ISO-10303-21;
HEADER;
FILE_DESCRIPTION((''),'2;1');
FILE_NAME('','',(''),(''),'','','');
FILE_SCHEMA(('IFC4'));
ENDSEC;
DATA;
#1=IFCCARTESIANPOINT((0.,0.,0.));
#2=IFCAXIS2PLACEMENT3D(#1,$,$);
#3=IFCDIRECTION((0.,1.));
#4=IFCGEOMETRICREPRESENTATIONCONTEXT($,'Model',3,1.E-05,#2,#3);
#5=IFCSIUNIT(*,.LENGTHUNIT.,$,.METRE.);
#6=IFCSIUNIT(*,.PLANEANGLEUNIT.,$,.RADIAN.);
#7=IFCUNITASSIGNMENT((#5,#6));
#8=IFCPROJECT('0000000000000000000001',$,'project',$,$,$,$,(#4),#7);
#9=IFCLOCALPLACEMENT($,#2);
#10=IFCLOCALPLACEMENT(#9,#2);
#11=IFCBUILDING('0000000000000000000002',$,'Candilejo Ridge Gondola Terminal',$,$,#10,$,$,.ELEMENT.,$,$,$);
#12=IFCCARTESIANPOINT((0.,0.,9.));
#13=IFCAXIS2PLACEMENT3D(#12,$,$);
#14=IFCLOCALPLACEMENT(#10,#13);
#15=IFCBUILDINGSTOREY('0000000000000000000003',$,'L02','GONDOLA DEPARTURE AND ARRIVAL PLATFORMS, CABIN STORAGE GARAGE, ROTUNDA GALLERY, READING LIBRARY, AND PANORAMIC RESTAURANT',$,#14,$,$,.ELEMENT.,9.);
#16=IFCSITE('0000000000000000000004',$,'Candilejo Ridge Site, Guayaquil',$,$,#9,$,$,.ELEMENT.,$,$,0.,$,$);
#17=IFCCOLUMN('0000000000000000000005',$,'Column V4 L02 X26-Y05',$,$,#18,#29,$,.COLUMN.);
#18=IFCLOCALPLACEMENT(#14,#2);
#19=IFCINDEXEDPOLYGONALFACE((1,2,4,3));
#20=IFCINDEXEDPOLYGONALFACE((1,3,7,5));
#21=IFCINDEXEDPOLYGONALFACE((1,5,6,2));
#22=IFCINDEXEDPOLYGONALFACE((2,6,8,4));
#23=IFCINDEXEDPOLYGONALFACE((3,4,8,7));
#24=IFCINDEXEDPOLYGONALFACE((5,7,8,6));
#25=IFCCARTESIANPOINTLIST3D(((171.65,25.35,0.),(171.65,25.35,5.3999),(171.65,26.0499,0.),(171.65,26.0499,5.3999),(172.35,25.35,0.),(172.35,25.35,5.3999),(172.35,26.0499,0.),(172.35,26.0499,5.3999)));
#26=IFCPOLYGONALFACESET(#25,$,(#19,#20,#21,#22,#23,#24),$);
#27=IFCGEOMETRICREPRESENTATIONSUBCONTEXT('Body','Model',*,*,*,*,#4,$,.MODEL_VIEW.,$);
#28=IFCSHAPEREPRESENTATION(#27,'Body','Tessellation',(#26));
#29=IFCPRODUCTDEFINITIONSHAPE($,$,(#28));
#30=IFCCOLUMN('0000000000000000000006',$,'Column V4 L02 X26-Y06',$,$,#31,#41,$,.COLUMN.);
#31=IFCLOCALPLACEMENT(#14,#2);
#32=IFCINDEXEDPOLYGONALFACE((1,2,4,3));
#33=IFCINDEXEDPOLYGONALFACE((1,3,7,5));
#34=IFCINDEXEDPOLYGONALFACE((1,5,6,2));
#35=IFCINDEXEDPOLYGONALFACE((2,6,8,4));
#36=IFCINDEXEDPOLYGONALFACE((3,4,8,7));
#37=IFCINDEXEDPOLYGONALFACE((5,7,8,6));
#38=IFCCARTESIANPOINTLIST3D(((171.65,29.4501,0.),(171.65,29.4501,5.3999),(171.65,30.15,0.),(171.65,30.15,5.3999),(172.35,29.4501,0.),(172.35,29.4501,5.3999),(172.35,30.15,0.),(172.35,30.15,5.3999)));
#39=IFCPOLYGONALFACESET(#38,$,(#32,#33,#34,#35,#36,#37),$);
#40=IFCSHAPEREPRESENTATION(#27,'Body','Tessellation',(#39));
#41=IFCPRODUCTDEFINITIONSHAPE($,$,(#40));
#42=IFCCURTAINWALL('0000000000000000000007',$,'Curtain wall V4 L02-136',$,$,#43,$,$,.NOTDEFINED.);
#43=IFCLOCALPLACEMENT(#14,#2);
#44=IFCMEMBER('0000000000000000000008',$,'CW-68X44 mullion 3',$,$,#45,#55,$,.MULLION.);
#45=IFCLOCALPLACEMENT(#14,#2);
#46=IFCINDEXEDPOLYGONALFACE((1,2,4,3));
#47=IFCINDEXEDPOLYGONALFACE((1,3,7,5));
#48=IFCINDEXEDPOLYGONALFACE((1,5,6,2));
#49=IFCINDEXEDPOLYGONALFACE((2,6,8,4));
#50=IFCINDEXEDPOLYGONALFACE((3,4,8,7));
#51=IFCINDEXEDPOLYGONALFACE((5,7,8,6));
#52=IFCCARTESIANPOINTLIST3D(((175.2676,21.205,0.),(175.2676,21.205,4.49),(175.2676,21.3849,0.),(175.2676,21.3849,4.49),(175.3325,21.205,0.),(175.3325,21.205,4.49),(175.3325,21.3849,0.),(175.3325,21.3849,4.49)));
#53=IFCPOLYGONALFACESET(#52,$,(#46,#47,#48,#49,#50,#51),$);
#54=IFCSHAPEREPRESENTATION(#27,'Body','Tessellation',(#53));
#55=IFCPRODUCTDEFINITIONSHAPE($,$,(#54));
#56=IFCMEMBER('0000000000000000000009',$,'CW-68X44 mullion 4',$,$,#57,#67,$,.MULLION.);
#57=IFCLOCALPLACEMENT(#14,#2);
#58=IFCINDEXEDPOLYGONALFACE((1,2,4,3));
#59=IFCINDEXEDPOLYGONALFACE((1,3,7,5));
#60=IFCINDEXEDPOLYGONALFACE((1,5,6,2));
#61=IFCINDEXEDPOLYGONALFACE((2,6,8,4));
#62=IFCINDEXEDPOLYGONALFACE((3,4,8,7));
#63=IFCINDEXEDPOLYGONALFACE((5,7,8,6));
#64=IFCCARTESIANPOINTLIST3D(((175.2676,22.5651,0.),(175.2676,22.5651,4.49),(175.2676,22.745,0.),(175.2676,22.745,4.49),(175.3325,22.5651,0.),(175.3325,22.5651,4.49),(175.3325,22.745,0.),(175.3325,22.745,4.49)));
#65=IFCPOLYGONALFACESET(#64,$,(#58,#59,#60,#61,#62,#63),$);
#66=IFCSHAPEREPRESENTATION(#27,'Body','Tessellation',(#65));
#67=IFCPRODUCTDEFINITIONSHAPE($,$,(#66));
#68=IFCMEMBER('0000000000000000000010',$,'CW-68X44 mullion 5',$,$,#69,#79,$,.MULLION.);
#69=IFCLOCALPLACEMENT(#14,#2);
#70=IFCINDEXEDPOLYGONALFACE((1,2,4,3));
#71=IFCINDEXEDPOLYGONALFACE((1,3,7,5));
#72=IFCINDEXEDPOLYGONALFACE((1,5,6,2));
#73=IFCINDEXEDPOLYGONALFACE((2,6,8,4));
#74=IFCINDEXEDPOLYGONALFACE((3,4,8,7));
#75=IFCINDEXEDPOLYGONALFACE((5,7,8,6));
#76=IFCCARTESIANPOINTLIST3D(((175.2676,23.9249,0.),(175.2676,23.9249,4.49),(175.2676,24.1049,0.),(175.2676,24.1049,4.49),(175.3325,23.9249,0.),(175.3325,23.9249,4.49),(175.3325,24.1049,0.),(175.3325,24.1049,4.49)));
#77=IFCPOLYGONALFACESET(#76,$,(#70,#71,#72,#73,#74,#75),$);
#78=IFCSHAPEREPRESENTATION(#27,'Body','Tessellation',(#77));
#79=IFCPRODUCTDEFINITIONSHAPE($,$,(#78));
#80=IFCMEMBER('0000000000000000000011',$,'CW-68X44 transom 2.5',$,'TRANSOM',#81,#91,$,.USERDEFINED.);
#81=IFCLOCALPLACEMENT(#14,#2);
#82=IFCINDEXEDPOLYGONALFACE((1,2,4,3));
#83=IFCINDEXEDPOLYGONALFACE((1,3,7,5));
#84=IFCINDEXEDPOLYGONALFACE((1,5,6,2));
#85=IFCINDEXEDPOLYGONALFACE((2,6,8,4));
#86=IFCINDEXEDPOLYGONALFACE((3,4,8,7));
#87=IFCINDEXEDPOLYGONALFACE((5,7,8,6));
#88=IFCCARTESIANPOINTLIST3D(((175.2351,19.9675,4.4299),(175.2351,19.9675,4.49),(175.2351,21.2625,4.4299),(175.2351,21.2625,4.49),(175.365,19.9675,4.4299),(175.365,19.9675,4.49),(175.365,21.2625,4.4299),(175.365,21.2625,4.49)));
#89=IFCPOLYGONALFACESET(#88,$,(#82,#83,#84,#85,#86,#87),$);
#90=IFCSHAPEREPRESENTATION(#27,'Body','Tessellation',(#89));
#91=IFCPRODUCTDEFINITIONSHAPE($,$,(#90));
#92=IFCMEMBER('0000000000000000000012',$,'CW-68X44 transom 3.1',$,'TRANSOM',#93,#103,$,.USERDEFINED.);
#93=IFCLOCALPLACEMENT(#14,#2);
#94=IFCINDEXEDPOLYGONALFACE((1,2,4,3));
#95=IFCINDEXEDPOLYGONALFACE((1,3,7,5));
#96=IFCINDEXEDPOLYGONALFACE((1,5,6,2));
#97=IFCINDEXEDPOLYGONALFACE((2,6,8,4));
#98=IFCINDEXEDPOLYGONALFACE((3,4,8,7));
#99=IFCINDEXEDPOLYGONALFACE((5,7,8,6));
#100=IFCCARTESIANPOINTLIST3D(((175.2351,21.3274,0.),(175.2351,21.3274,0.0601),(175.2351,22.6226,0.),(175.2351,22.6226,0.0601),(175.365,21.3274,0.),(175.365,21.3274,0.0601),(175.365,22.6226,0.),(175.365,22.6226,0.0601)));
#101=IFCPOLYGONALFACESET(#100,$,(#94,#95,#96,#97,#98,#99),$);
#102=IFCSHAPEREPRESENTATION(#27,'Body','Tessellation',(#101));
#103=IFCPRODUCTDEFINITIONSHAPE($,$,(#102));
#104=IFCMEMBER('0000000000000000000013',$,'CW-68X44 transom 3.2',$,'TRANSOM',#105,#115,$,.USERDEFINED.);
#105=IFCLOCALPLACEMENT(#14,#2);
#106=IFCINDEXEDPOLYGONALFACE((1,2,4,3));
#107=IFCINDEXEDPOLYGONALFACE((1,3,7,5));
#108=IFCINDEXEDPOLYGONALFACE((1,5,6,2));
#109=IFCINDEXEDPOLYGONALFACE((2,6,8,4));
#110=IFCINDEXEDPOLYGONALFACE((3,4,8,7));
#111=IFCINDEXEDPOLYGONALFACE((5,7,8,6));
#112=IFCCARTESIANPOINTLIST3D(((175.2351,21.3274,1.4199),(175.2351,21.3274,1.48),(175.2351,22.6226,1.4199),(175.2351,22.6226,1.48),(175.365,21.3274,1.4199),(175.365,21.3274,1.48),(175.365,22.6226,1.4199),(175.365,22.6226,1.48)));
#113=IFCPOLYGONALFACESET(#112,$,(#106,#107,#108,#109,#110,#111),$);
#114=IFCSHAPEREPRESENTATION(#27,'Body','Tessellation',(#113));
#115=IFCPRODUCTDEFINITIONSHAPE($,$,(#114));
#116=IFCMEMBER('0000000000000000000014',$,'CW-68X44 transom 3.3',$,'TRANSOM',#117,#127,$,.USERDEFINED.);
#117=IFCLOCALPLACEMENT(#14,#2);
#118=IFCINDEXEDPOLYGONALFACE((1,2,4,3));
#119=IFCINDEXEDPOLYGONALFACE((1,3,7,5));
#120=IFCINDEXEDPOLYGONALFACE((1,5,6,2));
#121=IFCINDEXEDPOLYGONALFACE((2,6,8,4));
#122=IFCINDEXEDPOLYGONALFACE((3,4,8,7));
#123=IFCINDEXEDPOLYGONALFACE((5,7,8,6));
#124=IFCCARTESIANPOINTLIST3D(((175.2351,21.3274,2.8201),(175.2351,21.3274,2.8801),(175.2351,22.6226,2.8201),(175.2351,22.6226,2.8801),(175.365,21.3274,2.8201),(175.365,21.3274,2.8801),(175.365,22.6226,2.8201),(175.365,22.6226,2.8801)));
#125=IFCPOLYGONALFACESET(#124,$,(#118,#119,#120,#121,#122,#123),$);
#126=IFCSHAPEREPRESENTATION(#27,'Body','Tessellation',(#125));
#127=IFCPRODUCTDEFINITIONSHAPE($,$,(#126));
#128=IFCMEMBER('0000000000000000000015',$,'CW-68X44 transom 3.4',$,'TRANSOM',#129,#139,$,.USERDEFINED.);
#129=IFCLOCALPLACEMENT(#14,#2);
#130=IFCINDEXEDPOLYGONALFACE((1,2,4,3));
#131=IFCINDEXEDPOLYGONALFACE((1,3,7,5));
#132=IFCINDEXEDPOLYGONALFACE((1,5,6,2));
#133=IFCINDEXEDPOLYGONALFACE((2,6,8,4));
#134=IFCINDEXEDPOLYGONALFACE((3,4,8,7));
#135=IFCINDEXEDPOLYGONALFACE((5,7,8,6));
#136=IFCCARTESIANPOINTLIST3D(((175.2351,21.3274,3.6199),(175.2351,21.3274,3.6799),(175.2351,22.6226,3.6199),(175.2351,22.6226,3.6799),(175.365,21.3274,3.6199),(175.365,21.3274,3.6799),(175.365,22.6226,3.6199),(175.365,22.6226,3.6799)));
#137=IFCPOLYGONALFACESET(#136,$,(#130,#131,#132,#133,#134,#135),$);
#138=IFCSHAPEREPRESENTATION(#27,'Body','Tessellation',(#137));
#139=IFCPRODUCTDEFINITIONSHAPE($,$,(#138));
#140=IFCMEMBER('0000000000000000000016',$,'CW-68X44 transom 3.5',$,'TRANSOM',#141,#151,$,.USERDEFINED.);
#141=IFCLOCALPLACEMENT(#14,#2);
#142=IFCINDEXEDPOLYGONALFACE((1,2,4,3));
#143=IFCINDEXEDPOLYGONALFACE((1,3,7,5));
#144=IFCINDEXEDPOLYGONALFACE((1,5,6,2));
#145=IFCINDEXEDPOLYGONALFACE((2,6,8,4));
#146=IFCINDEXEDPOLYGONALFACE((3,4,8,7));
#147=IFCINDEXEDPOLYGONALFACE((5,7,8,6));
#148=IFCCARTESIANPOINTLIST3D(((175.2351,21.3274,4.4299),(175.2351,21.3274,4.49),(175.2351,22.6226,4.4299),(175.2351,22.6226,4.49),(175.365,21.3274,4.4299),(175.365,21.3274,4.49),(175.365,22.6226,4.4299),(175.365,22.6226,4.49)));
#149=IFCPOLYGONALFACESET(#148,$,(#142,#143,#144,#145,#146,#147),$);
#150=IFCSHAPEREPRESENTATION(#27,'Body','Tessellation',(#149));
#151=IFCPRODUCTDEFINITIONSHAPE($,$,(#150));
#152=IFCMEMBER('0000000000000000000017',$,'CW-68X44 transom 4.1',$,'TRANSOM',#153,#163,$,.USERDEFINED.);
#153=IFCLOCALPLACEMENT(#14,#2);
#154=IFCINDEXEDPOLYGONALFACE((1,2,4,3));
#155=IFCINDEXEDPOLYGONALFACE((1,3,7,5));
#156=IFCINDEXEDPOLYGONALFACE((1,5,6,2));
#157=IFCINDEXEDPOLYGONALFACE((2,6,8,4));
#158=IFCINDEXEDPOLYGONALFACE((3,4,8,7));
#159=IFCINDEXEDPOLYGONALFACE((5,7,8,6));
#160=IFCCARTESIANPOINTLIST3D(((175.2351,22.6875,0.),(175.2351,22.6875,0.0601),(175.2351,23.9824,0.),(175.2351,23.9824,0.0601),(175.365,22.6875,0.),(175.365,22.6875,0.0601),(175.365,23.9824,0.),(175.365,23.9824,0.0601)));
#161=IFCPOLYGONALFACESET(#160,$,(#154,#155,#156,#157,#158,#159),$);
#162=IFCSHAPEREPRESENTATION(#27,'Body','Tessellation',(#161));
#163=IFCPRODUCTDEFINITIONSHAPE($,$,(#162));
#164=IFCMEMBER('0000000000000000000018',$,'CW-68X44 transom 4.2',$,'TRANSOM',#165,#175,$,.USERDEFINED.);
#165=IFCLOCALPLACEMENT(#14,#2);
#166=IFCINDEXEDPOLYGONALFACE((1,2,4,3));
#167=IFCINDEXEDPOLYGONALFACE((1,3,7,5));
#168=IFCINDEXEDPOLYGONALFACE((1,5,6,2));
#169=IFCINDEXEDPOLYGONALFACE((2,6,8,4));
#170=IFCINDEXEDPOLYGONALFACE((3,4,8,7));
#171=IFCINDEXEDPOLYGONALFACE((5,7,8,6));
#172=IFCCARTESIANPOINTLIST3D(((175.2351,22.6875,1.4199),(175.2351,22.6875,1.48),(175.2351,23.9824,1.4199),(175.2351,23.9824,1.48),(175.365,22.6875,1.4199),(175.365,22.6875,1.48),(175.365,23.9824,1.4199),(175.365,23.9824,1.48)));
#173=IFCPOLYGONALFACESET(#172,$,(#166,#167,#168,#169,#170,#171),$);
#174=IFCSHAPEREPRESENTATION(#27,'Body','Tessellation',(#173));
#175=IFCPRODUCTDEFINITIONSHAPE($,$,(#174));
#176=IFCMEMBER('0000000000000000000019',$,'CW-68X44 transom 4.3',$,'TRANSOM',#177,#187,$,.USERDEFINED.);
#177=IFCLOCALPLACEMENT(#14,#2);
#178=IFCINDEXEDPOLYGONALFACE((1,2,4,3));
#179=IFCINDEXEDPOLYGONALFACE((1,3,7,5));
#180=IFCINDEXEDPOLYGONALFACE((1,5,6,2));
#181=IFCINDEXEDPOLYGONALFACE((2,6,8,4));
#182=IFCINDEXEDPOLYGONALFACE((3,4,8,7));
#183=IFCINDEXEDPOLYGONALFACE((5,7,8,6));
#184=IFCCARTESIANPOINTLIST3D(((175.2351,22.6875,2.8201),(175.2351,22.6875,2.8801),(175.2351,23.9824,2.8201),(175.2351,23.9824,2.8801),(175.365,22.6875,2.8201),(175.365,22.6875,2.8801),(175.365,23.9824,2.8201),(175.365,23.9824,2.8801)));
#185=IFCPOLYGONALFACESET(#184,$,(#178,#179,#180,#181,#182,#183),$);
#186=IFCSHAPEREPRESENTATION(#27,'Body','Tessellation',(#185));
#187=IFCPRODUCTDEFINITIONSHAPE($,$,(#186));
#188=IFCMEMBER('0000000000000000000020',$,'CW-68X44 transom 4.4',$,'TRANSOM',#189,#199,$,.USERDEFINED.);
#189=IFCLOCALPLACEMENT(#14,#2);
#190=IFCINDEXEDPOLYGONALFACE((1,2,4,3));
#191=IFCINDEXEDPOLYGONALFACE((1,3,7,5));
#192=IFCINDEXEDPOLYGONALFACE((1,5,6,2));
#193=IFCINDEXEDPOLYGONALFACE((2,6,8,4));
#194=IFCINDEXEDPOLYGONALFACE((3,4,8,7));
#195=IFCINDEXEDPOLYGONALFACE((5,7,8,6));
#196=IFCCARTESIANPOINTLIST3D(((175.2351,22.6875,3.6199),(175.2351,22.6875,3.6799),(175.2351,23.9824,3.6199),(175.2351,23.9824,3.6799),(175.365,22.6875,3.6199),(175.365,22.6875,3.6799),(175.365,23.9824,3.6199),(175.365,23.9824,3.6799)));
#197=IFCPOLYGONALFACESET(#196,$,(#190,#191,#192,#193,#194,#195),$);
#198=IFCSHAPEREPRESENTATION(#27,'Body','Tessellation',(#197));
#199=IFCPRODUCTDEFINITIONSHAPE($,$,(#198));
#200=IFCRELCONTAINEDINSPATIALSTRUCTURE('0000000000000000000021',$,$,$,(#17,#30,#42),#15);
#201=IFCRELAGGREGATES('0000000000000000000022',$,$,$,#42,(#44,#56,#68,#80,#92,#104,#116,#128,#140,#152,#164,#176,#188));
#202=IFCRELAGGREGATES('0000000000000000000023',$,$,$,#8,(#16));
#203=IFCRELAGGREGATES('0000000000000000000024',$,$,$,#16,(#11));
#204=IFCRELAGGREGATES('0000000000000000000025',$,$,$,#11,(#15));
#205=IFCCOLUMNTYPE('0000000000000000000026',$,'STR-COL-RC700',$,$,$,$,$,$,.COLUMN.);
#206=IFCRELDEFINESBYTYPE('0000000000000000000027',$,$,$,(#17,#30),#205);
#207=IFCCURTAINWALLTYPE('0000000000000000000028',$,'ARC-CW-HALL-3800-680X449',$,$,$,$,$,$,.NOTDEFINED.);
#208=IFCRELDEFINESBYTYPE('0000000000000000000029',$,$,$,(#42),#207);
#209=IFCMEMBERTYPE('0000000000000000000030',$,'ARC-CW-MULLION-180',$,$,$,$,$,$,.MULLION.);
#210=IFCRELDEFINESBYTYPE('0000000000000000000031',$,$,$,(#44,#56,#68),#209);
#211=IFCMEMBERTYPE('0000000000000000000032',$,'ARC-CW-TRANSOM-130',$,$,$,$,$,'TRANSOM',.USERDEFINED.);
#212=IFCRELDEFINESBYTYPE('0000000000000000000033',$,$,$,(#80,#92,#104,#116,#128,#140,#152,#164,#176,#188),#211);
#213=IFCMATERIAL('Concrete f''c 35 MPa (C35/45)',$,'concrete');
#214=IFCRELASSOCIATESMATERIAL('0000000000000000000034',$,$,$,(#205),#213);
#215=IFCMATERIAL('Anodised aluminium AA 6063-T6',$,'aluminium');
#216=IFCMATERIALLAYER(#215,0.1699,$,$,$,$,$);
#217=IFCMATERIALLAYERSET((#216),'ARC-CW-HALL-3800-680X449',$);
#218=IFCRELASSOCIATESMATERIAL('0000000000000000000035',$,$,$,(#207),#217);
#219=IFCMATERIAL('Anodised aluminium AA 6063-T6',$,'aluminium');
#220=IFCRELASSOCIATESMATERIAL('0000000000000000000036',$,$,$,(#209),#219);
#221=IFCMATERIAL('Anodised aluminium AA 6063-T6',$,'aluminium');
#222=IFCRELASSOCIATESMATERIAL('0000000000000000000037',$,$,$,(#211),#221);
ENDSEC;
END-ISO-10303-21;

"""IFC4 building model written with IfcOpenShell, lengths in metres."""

from ifc_helpers import new_model, si_unit, direction, frame, origin, origin_2d, place, context, subcontext, project, spatial, rectangle, extrude, material, layer, layer_set, material_profile, profile_set, type_object, element, aggregate, save


model = new_model("IFC4")

# Units and contexts
model_context = context("Model", 3, precision=1e-05, world=origin(), true_north=direction((0.0, 1.0)))
body_context = subcontext(model_context, "Body", "Model", "MODEL_VIEW")
ifc_project = project(units=[si_unit("LENGTHUNIT", "METRE"), si_unit("PLANEANGLEUNIT", "RADIAN")], contexts=[model_context])

# Site, building, storey
site_placement = place(None, origin())
site = spatial("IfcSite", under=ifc_project, at=site_placement, Name="Candilejo Ridge Site, Guayaquil", CompositionType="ELEMENT", RefElevation=0.0)
building_placement = place(site_placement, origin())
building = spatial("IfcBuilding", under=site, at=building_placement, Name="Candilejo Ridge Gondola Terminal", CompositionType="ELEMENT")
storey_placement = place(building_placement, frame((0.0, 0.0, 9.0)))
storey = spatial("IfcBuildingStorey", under=building, at=storey_placement, Name="L02", Description="GONDOLA DEPARTURE AND ARRIVAL PLATFORMS, CABIN STORAGE GARAGE, ROTUNDA GALLERY, READING LIBRARY, AND PANORAMIC RESTAURANT", CompositionType="ELEMENT", Elevation=9.0)

# Columns
ifc_material_1 = material(Name="Concrete f'c 35 MPa (C35/45)", Category="concrete")
ifc_material_profile_1 = material_profile(ifc_material_1, rectangle(XDim=0.7, YDim=0.7, at=origin_2d()))
ifc_profile_set_1 = profile_set([ifc_material_profile_1], Name="Concrete f'c 35 MPa (C35/45)")
column_type = type_object("IfcColumnType", Name="STR-COL-RC700", PredefinedType="COLUMN", material=ifc_profile_set_1)
for number, where, z_axis, x_axis, name in (
    (1, (172.0, 25.7, 0.0), (0.0, 0.0, 1.0), (1.0, 0.0, 0.0), "Column V4 L02 X26-Y05"),
    (2, (172.0, 29.8, 0.0), (0.0, 0.0, 1.0), (1.0, 0.0, 0.0), "Column V4 L02 X26-Y06"),
):
    element("IfcColumn", number, at=place(storey_placement, frame(where, z_axis=z_axis, x_axis=x_axis)), inside=storey, type_object=column_type, Name=name, PredefinedType="COLUMN", context=body_context, shape_type="SweptSolid", body=[
        extrude(rectangle(XDim=0.7, YDim=0.7, at=origin_2d()), origin(), (0.0, 0.0, 1.0), 5.3999),
    ])

# Curtain wall, members
ifc_material_2 = material(Name="Anodised aluminium AA 6063-T6", Category="aluminium")
ifc_layer_1 = layer(ifc_material_2, 0.1699)
ifc_layer_set_1 = layer_set([ifc_layer_1], Name="ARC-CW-HALL-3800-680X449")
curtain_wall_type = type_object("IfcCurtainWallType", Name="ARC-CW-HALL-3800-680X449", PredefinedType="NOTDEFINED", material=ifc_layer_set_1)
curtain_wall_placement = place(storey_placement, origin())
curtain_wall = element("IfcCurtainWall", 3, at=curtain_wall_placement, inside=storey, type_object=curtain_wall_type, Name="Curtain wall V4 L02-136", PredefinedType="NOTDEFINED")
ifc_material_3 = material(Name="Anodised aluminium AA 6063-T6", Category="aluminium")
ifc_material_profile_2 = material_profile(ifc_material_3, rectangle(XDim=0.0649, YDim=0.1799, at=origin_2d()))
ifc_profile_set_2 = profile_set([ifc_material_profile_2], Name="Anodised aluminium AA 6063-T6")
member_type_1 = type_object("IfcMemberType", Name="ARC-CW-MULLION-180", PredefinedType="MULLION", material=ifc_profile_set_2)
member_1_placement = place(storey_placement, frame((175.3, 21.2949, 0.0), z_axis=(0.0, 0.0, 1.0), x_axis=(-1.0, 0.0, 0.0)))
member_1 = element("IfcMember", 4, at=member_1_placement, type_object=member_type_1, Name="CW-68X44 mullion 3", PredefinedType="MULLION", context=body_context, shape_type="SweptSolid", body=[
    extrude(rectangle(XDim=0.0649, YDim=0.1799, at=origin_2d()), origin(), (0.0, 0.0, 1.0), 4.49),
])
member_2_placement = place(storey_placement, frame((175.3, 22.655, 0.0), z_axis=(0.0, 0.0, 1.0), x_axis=(-1.0, 0.0, 0.0)))
member_2 = element("IfcMember", 5, at=member_2_placement, type_object=member_type_1, Name="CW-68X44 mullion 4", PredefinedType="MULLION", context=body_context, shape_type="SweptSolid", body=[
    extrude(rectangle(XDim=0.0649, YDim=0.1799, at=origin_2d()), origin(), (0.0, 0.0, 1.0), 4.49),
])
member_3_placement = place(storey_placement, frame((175.3, 24.0149, 0.0), z_axis=(0.0, 0.0, 1.0), x_axis=(-1.0, 0.0, 0.0)))
member_3 = element("IfcMember", 6, at=member_3_placement, type_object=member_type_1, Name="CW-68X44 mullion 5", PredefinedType="MULLION", context=body_context, shape_type="SweptSolid", body=[
    extrude(rectangle(XDim=0.0649, YDim=0.1799, at=origin_2d()), origin(), (0.0, 0.0, 1.0), 4.49),
])
ifc_material_4 = material(Name="Anodised aluminium AA 6063-T6", Category="aluminium")
ifc_material_profile_3 = material_profile(ifc_material_4, rectangle(XDim=0.1299, YDim=0.0601, at=origin_2d()))
ifc_profile_set_3 = profile_set([ifc_material_profile_3], Name="Anodised aluminium AA 6063-T6")
member_type_2 = type_object("IfcMemberType", Name="ARC-CW-TRANSOM-130", ElementType="TRANSOM", PredefinedType="USERDEFINED", material=ifc_profile_set_3)
member_4_placement = place(storey_placement, frame((175.3, 19.9675, 4.46), z_axis=(0.0, 1.0, 0.0), x_axis=(-1.0, 0.0, 0.0)))
member_4 = element("IfcMember", 7, at=member_4_placement, type_object=member_type_2, Name="CW-68X44 transom 2.5", ObjectType="TRANSOM", PredefinedType="USERDEFINED", context=body_context, shape_type="SweptSolid", body=[
    extrude(rectangle(XDim=0.1299, YDim=0.0601, at=origin_2d()), origin(), (0.0, 0.0, 1.0), 1.2949),
])
member_5_placement = place(storey_placement, frame((175.3, 21.3274, 0.03), z_axis=(0.0, 1.0, 0.0), x_axis=(-1.0, 0.0, 0.0)))
member_5 = element("IfcMember", 8, at=member_5_placement, type_object=member_type_2, Name="CW-68X44 transom 3.1", ObjectType="TRANSOM", PredefinedType="USERDEFINED", context=body_context, shape_type="SweptSolid", body=[
    extrude(rectangle(XDim=0.1299, YDim=0.0601, at=origin_2d()), origin(), (0.0, 0.0, 1.0), 1.2952),
])
member_6_placement = place(storey_placement, frame((175.3, 21.3274, 1.45), z_axis=(0.0, 1.0, 0.0), x_axis=(-1.0, 0.0, 0.0)))
member_6 = element("IfcMember", 9, at=member_6_placement, type_object=member_type_2, Name="CW-68X44 transom 3.2", ObjectType="TRANSOM", PredefinedType="USERDEFINED", context=body_context, shape_type="SweptSolid", body=[
    extrude(rectangle(XDim=0.1299, YDim=0.0601, at=origin_2d()), origin(), (0.0, 0.0, 1.0), 1.2952),
])
member_7_placement = place(storey_placement, frame((175.3, 21.3274, 2.8501), z_axis=(0.0, 1.0, 0.0), x_axis=(-1.0, 0.0, 0.0)))
member_7 = element("IfcMember", 10, at=member_7_placement, type_object=member_type_2, Name="CW-68X44 transom 3.3", ObjectType="TRANSOM", PredefinedType="USERDEFINED", context=body_context, shape_type="SweptSolid", body=[
    extrude(rectangle(XDim=0.1299, YDim=0.0601, at=origin_2d()), origin(), (0.0, 0.0, 1.0), 1.2952),
])
member_8_placement = place(storey_placement, frame((175.3, 21.3274, 3.6499), z_axis=(0.0, 1.0, 0.0), x_axis=(-1.0, 0.0, 0.0)))
member_8 = element("IfcMember", 11, at=member_8_placement, type_object=member_type_2, Name="CW-68X44 transom 3.4", ObjectType="TRANSOM", PredefinedType="USERDEFINED", context=body_context, shape_type="SweptSolid", body=[
    extrude(rectangle(XDim=0.1299, YDim=0.0601, at=origin_2d()), origin(), (0.0, 0.0, 1.0), 1.2952),
])
member_9_placement = place(storey_placement, frame((175.3, 21.3274, 4.46), z_axis=(0.0, 1.0, 0.0), x_axis=(-1.0, 0.0, 0.0)))
member_9 = element("IfcMember", 12, at=member_9_placement, type_object=member_type_2, Name="CW-68X44 transom 3.5", ObjectType="TRANSOM", PredefinedType="USERDEFINED", context=body_context, shape_type="SweptSolid", body=[
    extrude(rectangle(XDim=0.1299, YDim=0.0601, at=origin_2d()), origin(), (0.0, 0.0, 1.0), 1.2952),
])
member_10_placement = place(storey_placement, frame((175.3, 22.6875, 0.03), z_axis=(0.0, 1.0, 0.0), x_axis=(-1.0, 0.0, 0.0)))
member_10 = element("IfcMember", 13, at=member_10_placement, type_object=member_type_2, Name="CW-68X44 transom 4.1", ObjectType="TRANSOM", PredefinedType="USERDEFINED", context=body_context, shape_type="SweptSolid", body=[
    extrude(rectangle(XDim=0.1299, YDim=0.0601, at=origin_2d()), origin(), (0.0, 0.0, 1.0), 1.2949),
])
member_11_placement = place(storey_placement, frame((175.3, 22.6875, 1.45), z_axis=(0.0, 1.0, 0.0), x_axis=(-1.0, 0.0, 0.0)))
member_11 = element("IfcMember", 14, at=member_11_placement, type_object=member_type_2, Name="CW-68X44 transom 4.2", ObjectType="TRANSOM", PredefinedType="USERDEFINED", context=body_context, shape_type="SweptSolid", body=[
    extrude(rectangle(XDim=0.1299, YDim=0.0601, at=origin_2d()), origin(), (0.0, 0.0, 1.0), 1.2949),
])
member_12_placement = place(storey_placement, frame((175.3, 22.6875, 2.8501), z_axis=(0.0, 1.0, 0.0), x_axis=(-1.0, 0.0, 0.0)))
member_12 = element("IfcMember", 15, at=member_12_placement, type_object=member_type_2, Name="CW-68X44 transom 4.3", ObjectType="TRANSOM", PredefinedType="USERDEFINED", context=body_context, shape_type="SweptSolid", body=[
    extrude(rectangle(XDim=0.1299, YDim=0.0601, at=origin_2d()), origin(), (0.0, 0.0, 1.0), 1.2949),
])
member_13_placement = place(storey_placement, frame((175.3, 22.6875, 3.6499), z_axis=(0.0, 1.0, 0.0), x_axis=(-1.0, 0.0, 0.0)))
member_13 = element("IfcMember", 16, at=member_13_placement, type_object=member_type_2, Name="CW-68X44 transom 4.4", ObjectType="TRANSOM", PredefinedType="USERDEFINED", context=body_context, shape_type="SweptSolid", body=[
    extrude(rectangle(XDim=0.1299, YDim=0.0601, at=origin_2d()), origin(), (0.0, 0.0, 1.0), 1.2949),
])

aggregate(curtain_wall, [member_1, member_2, member_3, member_4, member_5, member_6, member_7, member_8, member_9, member_10, member_11, member_12, member_13])

save(model, "model.ifc")
